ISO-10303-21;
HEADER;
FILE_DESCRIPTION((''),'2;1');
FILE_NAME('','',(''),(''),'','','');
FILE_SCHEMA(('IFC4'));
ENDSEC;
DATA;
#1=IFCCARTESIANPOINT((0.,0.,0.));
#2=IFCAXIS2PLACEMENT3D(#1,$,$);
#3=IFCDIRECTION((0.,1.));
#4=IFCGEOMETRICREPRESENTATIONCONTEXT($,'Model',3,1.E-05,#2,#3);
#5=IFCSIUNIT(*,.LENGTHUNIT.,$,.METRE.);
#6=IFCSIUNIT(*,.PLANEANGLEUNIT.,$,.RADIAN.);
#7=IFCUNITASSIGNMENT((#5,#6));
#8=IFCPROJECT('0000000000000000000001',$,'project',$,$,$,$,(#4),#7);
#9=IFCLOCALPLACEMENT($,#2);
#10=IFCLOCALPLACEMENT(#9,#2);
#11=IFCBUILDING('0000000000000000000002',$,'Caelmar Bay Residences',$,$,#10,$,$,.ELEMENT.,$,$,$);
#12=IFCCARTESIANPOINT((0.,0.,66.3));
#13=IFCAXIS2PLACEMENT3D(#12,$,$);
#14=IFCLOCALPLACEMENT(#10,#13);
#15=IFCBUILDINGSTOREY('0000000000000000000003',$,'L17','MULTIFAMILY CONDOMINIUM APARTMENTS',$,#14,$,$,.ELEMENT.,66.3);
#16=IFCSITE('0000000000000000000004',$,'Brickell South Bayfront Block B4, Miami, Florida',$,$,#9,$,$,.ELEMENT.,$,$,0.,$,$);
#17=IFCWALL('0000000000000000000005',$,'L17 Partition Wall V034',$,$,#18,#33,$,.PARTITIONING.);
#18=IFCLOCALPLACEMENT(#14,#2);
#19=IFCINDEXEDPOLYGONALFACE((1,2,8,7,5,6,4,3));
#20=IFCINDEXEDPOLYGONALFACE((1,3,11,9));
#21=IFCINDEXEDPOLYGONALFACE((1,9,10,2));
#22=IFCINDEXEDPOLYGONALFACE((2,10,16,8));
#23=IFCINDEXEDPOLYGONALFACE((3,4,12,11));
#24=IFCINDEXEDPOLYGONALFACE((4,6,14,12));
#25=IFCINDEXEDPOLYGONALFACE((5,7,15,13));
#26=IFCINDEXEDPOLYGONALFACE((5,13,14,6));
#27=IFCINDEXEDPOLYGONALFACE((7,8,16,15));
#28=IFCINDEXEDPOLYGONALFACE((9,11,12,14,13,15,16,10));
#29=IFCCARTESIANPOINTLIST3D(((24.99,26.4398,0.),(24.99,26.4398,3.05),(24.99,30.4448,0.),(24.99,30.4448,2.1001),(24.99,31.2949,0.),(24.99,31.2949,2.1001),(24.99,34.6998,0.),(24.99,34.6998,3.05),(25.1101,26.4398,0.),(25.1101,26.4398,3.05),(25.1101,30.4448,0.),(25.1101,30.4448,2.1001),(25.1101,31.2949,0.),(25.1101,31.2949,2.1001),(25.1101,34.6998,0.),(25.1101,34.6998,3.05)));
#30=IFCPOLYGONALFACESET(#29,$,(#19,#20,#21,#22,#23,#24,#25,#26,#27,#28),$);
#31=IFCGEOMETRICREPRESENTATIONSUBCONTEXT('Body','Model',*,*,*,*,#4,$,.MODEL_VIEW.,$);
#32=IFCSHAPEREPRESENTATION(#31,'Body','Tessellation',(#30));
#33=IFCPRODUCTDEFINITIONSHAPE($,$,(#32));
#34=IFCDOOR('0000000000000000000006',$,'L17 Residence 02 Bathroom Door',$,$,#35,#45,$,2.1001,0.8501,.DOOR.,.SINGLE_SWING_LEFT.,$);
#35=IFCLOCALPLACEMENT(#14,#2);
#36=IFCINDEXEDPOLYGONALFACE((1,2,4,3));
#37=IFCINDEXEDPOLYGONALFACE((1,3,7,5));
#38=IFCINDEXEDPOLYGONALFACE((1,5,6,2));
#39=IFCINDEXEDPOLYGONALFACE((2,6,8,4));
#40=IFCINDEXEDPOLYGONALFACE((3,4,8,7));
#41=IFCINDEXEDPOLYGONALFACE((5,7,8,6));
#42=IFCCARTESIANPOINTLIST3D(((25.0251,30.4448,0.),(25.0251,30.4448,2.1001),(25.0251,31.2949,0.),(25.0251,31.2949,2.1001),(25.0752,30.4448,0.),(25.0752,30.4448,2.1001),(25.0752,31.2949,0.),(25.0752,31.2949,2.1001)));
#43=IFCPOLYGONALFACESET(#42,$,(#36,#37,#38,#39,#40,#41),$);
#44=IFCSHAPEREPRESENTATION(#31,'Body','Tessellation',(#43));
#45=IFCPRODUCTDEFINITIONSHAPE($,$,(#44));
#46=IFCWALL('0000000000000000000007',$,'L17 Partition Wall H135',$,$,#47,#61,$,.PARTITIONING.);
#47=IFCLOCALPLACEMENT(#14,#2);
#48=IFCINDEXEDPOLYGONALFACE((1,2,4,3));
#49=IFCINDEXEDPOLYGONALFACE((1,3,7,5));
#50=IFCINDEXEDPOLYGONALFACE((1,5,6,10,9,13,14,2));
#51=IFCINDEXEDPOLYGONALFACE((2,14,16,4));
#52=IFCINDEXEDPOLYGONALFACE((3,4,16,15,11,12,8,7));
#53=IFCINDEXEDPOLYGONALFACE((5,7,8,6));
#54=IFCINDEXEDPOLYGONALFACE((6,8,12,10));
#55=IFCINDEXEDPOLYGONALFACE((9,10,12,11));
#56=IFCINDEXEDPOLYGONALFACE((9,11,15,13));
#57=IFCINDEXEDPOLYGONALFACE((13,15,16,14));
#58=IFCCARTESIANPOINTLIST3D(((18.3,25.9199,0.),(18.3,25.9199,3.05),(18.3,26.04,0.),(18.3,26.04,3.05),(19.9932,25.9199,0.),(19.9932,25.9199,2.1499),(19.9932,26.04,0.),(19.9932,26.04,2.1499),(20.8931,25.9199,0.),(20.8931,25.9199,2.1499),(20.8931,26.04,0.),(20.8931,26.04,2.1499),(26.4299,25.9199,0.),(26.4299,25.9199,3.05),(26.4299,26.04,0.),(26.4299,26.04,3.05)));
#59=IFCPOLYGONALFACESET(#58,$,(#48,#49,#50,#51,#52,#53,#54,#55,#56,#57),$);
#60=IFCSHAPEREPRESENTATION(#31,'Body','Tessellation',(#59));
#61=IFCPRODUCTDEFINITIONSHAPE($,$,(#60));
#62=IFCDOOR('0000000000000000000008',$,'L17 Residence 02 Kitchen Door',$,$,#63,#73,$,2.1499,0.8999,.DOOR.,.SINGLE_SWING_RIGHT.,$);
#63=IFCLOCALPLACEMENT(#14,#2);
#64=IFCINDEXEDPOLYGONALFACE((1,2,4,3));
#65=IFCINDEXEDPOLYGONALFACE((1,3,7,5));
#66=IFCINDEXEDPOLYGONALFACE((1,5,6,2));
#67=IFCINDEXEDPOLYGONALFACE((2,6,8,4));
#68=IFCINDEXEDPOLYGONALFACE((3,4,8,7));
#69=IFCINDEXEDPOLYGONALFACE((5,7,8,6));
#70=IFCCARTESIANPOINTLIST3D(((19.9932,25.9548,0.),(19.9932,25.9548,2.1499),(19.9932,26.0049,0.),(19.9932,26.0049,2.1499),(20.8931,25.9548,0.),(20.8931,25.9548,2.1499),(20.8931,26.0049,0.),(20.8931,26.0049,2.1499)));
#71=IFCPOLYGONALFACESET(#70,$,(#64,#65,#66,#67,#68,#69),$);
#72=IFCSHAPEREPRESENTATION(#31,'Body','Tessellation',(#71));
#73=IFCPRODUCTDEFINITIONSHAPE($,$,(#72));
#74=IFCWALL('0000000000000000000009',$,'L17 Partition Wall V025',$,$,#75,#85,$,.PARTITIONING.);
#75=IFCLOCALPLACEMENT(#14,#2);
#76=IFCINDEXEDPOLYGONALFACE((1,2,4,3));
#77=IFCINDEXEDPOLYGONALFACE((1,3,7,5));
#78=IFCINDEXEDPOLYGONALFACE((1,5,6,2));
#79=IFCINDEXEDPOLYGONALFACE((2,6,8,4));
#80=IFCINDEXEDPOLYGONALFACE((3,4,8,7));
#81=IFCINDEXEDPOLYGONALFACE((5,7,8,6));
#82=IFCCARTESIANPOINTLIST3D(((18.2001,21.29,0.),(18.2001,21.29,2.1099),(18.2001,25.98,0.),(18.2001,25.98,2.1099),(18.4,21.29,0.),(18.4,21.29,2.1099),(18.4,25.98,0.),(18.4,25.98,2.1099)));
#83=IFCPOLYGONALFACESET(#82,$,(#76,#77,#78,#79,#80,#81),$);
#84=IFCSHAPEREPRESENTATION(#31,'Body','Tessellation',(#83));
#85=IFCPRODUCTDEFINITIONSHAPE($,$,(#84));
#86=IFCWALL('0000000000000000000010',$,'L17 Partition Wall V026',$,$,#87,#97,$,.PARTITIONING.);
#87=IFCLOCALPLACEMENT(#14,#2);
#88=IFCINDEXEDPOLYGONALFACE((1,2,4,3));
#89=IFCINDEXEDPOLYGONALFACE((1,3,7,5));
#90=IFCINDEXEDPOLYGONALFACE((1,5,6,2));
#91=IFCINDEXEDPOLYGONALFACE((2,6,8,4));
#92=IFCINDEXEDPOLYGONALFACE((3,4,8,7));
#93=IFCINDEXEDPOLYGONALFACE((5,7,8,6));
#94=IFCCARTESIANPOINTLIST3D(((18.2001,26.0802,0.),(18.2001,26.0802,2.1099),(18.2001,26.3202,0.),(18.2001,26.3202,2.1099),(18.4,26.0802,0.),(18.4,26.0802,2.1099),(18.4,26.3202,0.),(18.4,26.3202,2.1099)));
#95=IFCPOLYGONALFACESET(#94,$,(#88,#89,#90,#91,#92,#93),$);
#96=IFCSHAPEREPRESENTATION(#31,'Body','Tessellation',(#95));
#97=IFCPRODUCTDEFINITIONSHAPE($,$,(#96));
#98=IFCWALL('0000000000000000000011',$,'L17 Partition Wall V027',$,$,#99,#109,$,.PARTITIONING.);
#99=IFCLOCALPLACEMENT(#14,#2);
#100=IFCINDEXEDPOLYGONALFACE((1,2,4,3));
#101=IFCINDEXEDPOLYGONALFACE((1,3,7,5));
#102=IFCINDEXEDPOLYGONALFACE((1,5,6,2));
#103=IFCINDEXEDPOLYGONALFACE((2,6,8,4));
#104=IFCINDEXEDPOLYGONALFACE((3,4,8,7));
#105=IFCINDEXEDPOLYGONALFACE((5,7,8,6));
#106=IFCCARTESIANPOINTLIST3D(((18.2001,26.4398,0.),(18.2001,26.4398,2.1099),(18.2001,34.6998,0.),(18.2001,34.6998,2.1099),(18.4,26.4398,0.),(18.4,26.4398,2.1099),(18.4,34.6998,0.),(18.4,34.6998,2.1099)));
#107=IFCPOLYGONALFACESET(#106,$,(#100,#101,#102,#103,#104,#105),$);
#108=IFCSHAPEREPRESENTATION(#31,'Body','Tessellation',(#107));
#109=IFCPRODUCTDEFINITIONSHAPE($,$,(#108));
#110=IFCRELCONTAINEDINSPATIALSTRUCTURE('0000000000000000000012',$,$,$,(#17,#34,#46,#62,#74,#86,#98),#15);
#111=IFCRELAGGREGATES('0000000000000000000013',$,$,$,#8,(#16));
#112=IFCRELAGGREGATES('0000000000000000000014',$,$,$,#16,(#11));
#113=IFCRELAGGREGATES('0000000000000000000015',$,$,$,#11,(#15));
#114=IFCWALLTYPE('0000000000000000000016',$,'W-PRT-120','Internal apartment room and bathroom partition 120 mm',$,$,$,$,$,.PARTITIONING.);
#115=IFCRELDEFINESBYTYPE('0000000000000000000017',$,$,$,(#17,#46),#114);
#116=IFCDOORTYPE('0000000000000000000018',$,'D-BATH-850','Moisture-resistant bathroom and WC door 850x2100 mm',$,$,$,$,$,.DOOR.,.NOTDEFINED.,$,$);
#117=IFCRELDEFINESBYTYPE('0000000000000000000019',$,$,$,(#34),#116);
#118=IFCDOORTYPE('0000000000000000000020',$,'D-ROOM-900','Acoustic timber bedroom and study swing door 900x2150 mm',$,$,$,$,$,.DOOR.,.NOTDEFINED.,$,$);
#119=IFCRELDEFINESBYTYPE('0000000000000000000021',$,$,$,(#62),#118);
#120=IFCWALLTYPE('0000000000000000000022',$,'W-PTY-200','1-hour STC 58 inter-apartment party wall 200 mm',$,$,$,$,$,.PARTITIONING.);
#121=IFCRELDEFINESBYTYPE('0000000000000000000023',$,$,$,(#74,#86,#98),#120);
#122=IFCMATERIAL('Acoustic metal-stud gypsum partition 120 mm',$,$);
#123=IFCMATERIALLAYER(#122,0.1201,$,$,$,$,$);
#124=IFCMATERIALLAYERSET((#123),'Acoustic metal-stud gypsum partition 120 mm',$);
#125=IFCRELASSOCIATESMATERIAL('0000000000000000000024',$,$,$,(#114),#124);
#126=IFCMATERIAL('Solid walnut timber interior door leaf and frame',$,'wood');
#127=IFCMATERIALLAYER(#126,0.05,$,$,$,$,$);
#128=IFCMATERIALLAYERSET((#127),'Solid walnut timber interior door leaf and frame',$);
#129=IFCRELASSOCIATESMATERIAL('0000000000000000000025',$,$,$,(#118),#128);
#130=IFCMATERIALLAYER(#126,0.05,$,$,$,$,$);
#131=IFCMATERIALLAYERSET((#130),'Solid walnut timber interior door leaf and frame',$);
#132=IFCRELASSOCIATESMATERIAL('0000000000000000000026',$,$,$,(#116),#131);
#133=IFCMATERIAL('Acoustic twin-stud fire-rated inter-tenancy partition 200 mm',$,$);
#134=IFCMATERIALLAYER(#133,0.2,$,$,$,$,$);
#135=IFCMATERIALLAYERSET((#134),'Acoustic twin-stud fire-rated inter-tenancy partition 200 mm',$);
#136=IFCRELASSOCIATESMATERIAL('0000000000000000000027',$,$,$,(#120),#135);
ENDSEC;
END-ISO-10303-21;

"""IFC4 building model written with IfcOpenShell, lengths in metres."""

from ifc_helpers import new_model, si_unit, direction, frame, frame_2d, origin, place, context, subcontext, project, spatial, rectangle, extrude, material, layer, layer_set, type_object, element, fill, save


model = new_model("IFC4")

# Units and contexts
model_context = context("Model", 3, precision=1e-05, world=origin(), true_north=direction((0.0, 1.0)))
body_context = subcontext(model_context, "Body", "Model", "MODEL_VIEW")
ifc_project = project(units=[si_unit("LENGTHUNIT", "METRE"), si_unit("PLANEANGLEUNIT", "RADIAN")], contexts=[model_context])

# Site, building, storey
site_placement = place(None, origin())
site = spatial("IfcSite", under=ifc_project, at=site_placement, Name="Brickell South Bayfront Block B4, Miami, Florida", CompositionType="ELEMENT", RefElevation=0.0)
building_placement = place(site_placement, origin())
building = spatial("IfcBuilding", under=site, at=building_placement, Name="Caelmar Bay Residences", CompositionType="ELEMENT")
storey_placement = place(building_placement, frame((0.0, 0.0, 66.3)))
storey = spatial("IfcBuildingStorey", under=building, at=storey_placement, Name="L17", Description="MULTIFAMILY CONDOMINIUM APARTMENTS", CompositionType="ELEMENT", Elevation=66.3)

# Shared definitions
ifc_material_1 = material(Name="Acoustic metal-stud gypsum partition 120 mm")
ifc_layer_1 = layer(ifc_material_1, 0.1201)
ifc_layer_set_1 = layer_set([ifc_layer_1], Name="Acoustic metal-stud gypsum partition 120 mm")
wall_type_1 = type_object("IfcWallType", Name="W-PRT-120", Description="Internal apartment room and bathroom partition 120 mm", PredefinedType="PARTITIONING", material=ifc_layer_set_1)
ifc_material_2 = material(Name="Solid walnut timber interior door leaf and frame", Category="wood")
ifc_layer_2 = layer(ifc_material_2, 0.05)
ifc_layer_set_2 = layer_set([ifc_layer_2], Name="Solid walnut timber interior door leaf and frame")
door_type_1 = type_object("IfcDoorType", Name="D-ROOM-900", Description="Acoustic timber bedroom and study swing door 900x2150 mm", OperationType="NOTDEFINED", PredefinedType="DOOR", material=ifc_layer_set_2)

# Walls, openings, doors
wall_1_placement = place(storey_placement, frame((25.05, 26.4399, 0.0), z_axis=(0.0, 0.0, 1.0), x_axis=(0.0, 1.0, 0.0)))
wall_1 = element("IfcWall", 1, at=wall_1_placement, inside=storey, type_object=wall_type_1, Name="L17 Partition Wall V034", PredefinedType="PARTITIONING", context=body_context, shape_type="SweptSolid", body=[
    extrude(rectangle(XDim=8.26, YDim=0.1201, at=frame_2d((4.1299, 0.0))), origin(), (0.0, 0.0, 1.0), 3.05),
])
opening_1_placement = place(wall_1_placement, frame((4.0049, 0.0, 0.0)))
opening_1 = element("IfcOpeningElement", 2, at=opening_1_placement, cuts=wall_1, PredefinedType="OPENING", context=body_context, shape_type="SweptSolid", body=[
    extrude(rectangle(XDim=0.8501, YDim=2.1001, at=frame_2d((0.425, 1.05))), frame((0.0, 0.0701, 0.0), z_axis=(0.0, -1.0, 0.0), x_axis=(1.0, 0.0, 0.0)), (0.0, 0.0, 1.0), 0.1401),
])
ifc_layer_3 = layer(ifc_material_2, 0.05)
ifc_layer_set_3 = layer_set([ifc_layer_3], Name="Solid walnut timber interior door leaf and frame")
door_type_2 = type_object("IfcDoorType", Name="D-BATH-850", Description="Moisture-resistant bathroom and WC door 850x2100 mm", OperationType="NOTDEFINED", PredefinedType="DOOR", material=ifc_layer_set_3)
door_1_placement = place(opening_1_placement, origin())
door_1 = element("IfcDoor", 3, at=door_1_placement, inside=storey, type_object=door_type_2, Name="L17 Residence 02 Bathroom Door", OperationType="SINGLE_SWING_LEFT", OverallHeight=2.1001, OverallWidth=0.8501, PredefinedType="DOOR", context=body_context, shape_type="SweptSolid", body=[
    extrude(rectangle(XDim=0.8501, YDim=2.1001, at=frame_2d((0.425, 1.05))), frame((0.0, 0.0249, 0.0), z_axis=(0.0, -1.0, 0.0), x_axis=(1.0, 0.0, 0.0)), (0.0, 0.0, 1.0), 0.05),
])
fill(opening_1, door_1)
wall_2_placement = place(storey_placement, frame((18.3, 25.98, 0.0), z_axis=(0.0, 0.0, 1.0), x_axis=(1.0, 0.0, 0.0)))
wall_2 = element("IfcWall", 4, at=wall_2_placement, inside=storey, type_object=wall_type_1, Name="L17 Partition Wall H135", PredefinedType="PARTITIONING", context=body_context, shape_type="SweptSolid", body=[
    extrude(rectangle(XDim=8.1299, YDim=0.1201, at=frame_2d((4.0649, 0.0))), origin(), (0.0, 0.0, 1.0), 3.05),
])
opening_2_placement = place(wall_2_placement, frame((1.6931, 0.0, 0.0)))
opening_2 = element("IfcOpeningElement", 5, at=opening_2_placement, cuts=wall_2, PredefinedType="OPENING", context=body_context, shape_type="SweptSolid", body=[
    extrude(rectangle(XDim=0.8999, YDim=2.1499, at=frame_2d((0.45, 1.075))), frame((0.0, 0.0701, 0.0), z_axis=(0.0, -1.0, 0.0), x_axis=(1.0, 0.0, 0.0)), (0.0, 0.0, 1.0), 0.1401),
])
door_2_placement = place(opening_2_placement, origin())
door_2 = element("IfcDoor", 6, at=door_2_placement, inside=storey, type_object=door_type_1, Name="L17 Residence 02 Kitchen Door", OperationType="SINGLE_SWING_RIGHT", OverallHeight=2.1499, OverallWidth=0.8999, PredefinedType="DOOR", context=body_context, shape_type="SweptSolid", body=[
    extrude(rectangle(XDim=0.8999, YDim=2.1499, at=frame_2d((0.45, 1.075))), frame((0.0, 0.0249, 0.0), z_axis=(0.0, -1.0, 0.0), x_axis=(1.0, 0.0, 0.0)), (0.0, 0.0, 1.0), 0.05),
])
fill(opening_2, door_2)

# Walls
ifc_material_3 = material(Name="Acoustic twin-stud fire-rated inter-tenancy partition 200 mm")
ifc_layer_4 = layer(ifc_material_3, 0.2)
ifc_layer_set_4 = layer_set([ifc_layer_4], Name="Acoustic twin-stud fire-rated inter-tenancy partition 200 mm")
wall_type_2 = type_object("IfcWallType", Name="W-PTY-200", Description="1-hour STC 58 inter-apartment party wall 200 mm", PredefinedType="PARTITIONING", material=ifc_layer_set_4)
wall_3_placement = place(storey_placement, frame((18.3, 21.29, 0.0), z_axis=(0.0, 0.0, 1.0), x_axis=(0.0, 1.0, 0.0)))
element("IfcWall", 7, at=wall_3_placement, inside=storey, type_object=wall_type_2, Name="L17 Partition Wall V025", PredefinedType="PARTITIONING", context=body_context, shape_type="SweptSolid", body=[
    extrude(rectangle(XDim=4.6899, YDim=0.2, at=frame_2d((2.345, 0.0))), origin(), (0.0, 0.0, 1.0), 2.1099),
])
wall_4_placement = place(storey_placement, frame((18.3, 26.0801, 0.0), z_axis=(0.0, 0.0, 1.0), x_axis=(0.0, 1.0, 0.0)))
element("IfcWall", 8, at=wall_4_placement, inside=storey, type_object=wall_type_2, Name="L17 Partition Wall V026", PredefinedType="PARTITIONING", context=body_context, shape_type="SweptSolid", body=[
    extrude(rectangle(XDim=0.24, YDim=0.2, at=frame_2d((0.1201, 0.0))), origin(), (0.0, 0.0, 1.0), 2.1099),
])
wall_5_placement = place(storey_placement, frame((18.3, 26.4399, 0.0), z_axis=(0.0, 0.0, 1.0), x_axis=(0.0, 1.0, 0.0)))
element("IfcWall", 9, at=wall_5_placement, inside=storey, type_object=wall_type_2, Name="L17 Partition Wall V027", PredefinedType="PARTITIONING", context=body_context, shape_type="SweptSolid", body=[
    extrude(rectangle(XDim=8.26, YDim=0.2, at=frame_2d((4.1299, 0.0))), origin(), (0.0, 0.0, 1.0), 2.1099),
])

save(model, "model.ifc")
